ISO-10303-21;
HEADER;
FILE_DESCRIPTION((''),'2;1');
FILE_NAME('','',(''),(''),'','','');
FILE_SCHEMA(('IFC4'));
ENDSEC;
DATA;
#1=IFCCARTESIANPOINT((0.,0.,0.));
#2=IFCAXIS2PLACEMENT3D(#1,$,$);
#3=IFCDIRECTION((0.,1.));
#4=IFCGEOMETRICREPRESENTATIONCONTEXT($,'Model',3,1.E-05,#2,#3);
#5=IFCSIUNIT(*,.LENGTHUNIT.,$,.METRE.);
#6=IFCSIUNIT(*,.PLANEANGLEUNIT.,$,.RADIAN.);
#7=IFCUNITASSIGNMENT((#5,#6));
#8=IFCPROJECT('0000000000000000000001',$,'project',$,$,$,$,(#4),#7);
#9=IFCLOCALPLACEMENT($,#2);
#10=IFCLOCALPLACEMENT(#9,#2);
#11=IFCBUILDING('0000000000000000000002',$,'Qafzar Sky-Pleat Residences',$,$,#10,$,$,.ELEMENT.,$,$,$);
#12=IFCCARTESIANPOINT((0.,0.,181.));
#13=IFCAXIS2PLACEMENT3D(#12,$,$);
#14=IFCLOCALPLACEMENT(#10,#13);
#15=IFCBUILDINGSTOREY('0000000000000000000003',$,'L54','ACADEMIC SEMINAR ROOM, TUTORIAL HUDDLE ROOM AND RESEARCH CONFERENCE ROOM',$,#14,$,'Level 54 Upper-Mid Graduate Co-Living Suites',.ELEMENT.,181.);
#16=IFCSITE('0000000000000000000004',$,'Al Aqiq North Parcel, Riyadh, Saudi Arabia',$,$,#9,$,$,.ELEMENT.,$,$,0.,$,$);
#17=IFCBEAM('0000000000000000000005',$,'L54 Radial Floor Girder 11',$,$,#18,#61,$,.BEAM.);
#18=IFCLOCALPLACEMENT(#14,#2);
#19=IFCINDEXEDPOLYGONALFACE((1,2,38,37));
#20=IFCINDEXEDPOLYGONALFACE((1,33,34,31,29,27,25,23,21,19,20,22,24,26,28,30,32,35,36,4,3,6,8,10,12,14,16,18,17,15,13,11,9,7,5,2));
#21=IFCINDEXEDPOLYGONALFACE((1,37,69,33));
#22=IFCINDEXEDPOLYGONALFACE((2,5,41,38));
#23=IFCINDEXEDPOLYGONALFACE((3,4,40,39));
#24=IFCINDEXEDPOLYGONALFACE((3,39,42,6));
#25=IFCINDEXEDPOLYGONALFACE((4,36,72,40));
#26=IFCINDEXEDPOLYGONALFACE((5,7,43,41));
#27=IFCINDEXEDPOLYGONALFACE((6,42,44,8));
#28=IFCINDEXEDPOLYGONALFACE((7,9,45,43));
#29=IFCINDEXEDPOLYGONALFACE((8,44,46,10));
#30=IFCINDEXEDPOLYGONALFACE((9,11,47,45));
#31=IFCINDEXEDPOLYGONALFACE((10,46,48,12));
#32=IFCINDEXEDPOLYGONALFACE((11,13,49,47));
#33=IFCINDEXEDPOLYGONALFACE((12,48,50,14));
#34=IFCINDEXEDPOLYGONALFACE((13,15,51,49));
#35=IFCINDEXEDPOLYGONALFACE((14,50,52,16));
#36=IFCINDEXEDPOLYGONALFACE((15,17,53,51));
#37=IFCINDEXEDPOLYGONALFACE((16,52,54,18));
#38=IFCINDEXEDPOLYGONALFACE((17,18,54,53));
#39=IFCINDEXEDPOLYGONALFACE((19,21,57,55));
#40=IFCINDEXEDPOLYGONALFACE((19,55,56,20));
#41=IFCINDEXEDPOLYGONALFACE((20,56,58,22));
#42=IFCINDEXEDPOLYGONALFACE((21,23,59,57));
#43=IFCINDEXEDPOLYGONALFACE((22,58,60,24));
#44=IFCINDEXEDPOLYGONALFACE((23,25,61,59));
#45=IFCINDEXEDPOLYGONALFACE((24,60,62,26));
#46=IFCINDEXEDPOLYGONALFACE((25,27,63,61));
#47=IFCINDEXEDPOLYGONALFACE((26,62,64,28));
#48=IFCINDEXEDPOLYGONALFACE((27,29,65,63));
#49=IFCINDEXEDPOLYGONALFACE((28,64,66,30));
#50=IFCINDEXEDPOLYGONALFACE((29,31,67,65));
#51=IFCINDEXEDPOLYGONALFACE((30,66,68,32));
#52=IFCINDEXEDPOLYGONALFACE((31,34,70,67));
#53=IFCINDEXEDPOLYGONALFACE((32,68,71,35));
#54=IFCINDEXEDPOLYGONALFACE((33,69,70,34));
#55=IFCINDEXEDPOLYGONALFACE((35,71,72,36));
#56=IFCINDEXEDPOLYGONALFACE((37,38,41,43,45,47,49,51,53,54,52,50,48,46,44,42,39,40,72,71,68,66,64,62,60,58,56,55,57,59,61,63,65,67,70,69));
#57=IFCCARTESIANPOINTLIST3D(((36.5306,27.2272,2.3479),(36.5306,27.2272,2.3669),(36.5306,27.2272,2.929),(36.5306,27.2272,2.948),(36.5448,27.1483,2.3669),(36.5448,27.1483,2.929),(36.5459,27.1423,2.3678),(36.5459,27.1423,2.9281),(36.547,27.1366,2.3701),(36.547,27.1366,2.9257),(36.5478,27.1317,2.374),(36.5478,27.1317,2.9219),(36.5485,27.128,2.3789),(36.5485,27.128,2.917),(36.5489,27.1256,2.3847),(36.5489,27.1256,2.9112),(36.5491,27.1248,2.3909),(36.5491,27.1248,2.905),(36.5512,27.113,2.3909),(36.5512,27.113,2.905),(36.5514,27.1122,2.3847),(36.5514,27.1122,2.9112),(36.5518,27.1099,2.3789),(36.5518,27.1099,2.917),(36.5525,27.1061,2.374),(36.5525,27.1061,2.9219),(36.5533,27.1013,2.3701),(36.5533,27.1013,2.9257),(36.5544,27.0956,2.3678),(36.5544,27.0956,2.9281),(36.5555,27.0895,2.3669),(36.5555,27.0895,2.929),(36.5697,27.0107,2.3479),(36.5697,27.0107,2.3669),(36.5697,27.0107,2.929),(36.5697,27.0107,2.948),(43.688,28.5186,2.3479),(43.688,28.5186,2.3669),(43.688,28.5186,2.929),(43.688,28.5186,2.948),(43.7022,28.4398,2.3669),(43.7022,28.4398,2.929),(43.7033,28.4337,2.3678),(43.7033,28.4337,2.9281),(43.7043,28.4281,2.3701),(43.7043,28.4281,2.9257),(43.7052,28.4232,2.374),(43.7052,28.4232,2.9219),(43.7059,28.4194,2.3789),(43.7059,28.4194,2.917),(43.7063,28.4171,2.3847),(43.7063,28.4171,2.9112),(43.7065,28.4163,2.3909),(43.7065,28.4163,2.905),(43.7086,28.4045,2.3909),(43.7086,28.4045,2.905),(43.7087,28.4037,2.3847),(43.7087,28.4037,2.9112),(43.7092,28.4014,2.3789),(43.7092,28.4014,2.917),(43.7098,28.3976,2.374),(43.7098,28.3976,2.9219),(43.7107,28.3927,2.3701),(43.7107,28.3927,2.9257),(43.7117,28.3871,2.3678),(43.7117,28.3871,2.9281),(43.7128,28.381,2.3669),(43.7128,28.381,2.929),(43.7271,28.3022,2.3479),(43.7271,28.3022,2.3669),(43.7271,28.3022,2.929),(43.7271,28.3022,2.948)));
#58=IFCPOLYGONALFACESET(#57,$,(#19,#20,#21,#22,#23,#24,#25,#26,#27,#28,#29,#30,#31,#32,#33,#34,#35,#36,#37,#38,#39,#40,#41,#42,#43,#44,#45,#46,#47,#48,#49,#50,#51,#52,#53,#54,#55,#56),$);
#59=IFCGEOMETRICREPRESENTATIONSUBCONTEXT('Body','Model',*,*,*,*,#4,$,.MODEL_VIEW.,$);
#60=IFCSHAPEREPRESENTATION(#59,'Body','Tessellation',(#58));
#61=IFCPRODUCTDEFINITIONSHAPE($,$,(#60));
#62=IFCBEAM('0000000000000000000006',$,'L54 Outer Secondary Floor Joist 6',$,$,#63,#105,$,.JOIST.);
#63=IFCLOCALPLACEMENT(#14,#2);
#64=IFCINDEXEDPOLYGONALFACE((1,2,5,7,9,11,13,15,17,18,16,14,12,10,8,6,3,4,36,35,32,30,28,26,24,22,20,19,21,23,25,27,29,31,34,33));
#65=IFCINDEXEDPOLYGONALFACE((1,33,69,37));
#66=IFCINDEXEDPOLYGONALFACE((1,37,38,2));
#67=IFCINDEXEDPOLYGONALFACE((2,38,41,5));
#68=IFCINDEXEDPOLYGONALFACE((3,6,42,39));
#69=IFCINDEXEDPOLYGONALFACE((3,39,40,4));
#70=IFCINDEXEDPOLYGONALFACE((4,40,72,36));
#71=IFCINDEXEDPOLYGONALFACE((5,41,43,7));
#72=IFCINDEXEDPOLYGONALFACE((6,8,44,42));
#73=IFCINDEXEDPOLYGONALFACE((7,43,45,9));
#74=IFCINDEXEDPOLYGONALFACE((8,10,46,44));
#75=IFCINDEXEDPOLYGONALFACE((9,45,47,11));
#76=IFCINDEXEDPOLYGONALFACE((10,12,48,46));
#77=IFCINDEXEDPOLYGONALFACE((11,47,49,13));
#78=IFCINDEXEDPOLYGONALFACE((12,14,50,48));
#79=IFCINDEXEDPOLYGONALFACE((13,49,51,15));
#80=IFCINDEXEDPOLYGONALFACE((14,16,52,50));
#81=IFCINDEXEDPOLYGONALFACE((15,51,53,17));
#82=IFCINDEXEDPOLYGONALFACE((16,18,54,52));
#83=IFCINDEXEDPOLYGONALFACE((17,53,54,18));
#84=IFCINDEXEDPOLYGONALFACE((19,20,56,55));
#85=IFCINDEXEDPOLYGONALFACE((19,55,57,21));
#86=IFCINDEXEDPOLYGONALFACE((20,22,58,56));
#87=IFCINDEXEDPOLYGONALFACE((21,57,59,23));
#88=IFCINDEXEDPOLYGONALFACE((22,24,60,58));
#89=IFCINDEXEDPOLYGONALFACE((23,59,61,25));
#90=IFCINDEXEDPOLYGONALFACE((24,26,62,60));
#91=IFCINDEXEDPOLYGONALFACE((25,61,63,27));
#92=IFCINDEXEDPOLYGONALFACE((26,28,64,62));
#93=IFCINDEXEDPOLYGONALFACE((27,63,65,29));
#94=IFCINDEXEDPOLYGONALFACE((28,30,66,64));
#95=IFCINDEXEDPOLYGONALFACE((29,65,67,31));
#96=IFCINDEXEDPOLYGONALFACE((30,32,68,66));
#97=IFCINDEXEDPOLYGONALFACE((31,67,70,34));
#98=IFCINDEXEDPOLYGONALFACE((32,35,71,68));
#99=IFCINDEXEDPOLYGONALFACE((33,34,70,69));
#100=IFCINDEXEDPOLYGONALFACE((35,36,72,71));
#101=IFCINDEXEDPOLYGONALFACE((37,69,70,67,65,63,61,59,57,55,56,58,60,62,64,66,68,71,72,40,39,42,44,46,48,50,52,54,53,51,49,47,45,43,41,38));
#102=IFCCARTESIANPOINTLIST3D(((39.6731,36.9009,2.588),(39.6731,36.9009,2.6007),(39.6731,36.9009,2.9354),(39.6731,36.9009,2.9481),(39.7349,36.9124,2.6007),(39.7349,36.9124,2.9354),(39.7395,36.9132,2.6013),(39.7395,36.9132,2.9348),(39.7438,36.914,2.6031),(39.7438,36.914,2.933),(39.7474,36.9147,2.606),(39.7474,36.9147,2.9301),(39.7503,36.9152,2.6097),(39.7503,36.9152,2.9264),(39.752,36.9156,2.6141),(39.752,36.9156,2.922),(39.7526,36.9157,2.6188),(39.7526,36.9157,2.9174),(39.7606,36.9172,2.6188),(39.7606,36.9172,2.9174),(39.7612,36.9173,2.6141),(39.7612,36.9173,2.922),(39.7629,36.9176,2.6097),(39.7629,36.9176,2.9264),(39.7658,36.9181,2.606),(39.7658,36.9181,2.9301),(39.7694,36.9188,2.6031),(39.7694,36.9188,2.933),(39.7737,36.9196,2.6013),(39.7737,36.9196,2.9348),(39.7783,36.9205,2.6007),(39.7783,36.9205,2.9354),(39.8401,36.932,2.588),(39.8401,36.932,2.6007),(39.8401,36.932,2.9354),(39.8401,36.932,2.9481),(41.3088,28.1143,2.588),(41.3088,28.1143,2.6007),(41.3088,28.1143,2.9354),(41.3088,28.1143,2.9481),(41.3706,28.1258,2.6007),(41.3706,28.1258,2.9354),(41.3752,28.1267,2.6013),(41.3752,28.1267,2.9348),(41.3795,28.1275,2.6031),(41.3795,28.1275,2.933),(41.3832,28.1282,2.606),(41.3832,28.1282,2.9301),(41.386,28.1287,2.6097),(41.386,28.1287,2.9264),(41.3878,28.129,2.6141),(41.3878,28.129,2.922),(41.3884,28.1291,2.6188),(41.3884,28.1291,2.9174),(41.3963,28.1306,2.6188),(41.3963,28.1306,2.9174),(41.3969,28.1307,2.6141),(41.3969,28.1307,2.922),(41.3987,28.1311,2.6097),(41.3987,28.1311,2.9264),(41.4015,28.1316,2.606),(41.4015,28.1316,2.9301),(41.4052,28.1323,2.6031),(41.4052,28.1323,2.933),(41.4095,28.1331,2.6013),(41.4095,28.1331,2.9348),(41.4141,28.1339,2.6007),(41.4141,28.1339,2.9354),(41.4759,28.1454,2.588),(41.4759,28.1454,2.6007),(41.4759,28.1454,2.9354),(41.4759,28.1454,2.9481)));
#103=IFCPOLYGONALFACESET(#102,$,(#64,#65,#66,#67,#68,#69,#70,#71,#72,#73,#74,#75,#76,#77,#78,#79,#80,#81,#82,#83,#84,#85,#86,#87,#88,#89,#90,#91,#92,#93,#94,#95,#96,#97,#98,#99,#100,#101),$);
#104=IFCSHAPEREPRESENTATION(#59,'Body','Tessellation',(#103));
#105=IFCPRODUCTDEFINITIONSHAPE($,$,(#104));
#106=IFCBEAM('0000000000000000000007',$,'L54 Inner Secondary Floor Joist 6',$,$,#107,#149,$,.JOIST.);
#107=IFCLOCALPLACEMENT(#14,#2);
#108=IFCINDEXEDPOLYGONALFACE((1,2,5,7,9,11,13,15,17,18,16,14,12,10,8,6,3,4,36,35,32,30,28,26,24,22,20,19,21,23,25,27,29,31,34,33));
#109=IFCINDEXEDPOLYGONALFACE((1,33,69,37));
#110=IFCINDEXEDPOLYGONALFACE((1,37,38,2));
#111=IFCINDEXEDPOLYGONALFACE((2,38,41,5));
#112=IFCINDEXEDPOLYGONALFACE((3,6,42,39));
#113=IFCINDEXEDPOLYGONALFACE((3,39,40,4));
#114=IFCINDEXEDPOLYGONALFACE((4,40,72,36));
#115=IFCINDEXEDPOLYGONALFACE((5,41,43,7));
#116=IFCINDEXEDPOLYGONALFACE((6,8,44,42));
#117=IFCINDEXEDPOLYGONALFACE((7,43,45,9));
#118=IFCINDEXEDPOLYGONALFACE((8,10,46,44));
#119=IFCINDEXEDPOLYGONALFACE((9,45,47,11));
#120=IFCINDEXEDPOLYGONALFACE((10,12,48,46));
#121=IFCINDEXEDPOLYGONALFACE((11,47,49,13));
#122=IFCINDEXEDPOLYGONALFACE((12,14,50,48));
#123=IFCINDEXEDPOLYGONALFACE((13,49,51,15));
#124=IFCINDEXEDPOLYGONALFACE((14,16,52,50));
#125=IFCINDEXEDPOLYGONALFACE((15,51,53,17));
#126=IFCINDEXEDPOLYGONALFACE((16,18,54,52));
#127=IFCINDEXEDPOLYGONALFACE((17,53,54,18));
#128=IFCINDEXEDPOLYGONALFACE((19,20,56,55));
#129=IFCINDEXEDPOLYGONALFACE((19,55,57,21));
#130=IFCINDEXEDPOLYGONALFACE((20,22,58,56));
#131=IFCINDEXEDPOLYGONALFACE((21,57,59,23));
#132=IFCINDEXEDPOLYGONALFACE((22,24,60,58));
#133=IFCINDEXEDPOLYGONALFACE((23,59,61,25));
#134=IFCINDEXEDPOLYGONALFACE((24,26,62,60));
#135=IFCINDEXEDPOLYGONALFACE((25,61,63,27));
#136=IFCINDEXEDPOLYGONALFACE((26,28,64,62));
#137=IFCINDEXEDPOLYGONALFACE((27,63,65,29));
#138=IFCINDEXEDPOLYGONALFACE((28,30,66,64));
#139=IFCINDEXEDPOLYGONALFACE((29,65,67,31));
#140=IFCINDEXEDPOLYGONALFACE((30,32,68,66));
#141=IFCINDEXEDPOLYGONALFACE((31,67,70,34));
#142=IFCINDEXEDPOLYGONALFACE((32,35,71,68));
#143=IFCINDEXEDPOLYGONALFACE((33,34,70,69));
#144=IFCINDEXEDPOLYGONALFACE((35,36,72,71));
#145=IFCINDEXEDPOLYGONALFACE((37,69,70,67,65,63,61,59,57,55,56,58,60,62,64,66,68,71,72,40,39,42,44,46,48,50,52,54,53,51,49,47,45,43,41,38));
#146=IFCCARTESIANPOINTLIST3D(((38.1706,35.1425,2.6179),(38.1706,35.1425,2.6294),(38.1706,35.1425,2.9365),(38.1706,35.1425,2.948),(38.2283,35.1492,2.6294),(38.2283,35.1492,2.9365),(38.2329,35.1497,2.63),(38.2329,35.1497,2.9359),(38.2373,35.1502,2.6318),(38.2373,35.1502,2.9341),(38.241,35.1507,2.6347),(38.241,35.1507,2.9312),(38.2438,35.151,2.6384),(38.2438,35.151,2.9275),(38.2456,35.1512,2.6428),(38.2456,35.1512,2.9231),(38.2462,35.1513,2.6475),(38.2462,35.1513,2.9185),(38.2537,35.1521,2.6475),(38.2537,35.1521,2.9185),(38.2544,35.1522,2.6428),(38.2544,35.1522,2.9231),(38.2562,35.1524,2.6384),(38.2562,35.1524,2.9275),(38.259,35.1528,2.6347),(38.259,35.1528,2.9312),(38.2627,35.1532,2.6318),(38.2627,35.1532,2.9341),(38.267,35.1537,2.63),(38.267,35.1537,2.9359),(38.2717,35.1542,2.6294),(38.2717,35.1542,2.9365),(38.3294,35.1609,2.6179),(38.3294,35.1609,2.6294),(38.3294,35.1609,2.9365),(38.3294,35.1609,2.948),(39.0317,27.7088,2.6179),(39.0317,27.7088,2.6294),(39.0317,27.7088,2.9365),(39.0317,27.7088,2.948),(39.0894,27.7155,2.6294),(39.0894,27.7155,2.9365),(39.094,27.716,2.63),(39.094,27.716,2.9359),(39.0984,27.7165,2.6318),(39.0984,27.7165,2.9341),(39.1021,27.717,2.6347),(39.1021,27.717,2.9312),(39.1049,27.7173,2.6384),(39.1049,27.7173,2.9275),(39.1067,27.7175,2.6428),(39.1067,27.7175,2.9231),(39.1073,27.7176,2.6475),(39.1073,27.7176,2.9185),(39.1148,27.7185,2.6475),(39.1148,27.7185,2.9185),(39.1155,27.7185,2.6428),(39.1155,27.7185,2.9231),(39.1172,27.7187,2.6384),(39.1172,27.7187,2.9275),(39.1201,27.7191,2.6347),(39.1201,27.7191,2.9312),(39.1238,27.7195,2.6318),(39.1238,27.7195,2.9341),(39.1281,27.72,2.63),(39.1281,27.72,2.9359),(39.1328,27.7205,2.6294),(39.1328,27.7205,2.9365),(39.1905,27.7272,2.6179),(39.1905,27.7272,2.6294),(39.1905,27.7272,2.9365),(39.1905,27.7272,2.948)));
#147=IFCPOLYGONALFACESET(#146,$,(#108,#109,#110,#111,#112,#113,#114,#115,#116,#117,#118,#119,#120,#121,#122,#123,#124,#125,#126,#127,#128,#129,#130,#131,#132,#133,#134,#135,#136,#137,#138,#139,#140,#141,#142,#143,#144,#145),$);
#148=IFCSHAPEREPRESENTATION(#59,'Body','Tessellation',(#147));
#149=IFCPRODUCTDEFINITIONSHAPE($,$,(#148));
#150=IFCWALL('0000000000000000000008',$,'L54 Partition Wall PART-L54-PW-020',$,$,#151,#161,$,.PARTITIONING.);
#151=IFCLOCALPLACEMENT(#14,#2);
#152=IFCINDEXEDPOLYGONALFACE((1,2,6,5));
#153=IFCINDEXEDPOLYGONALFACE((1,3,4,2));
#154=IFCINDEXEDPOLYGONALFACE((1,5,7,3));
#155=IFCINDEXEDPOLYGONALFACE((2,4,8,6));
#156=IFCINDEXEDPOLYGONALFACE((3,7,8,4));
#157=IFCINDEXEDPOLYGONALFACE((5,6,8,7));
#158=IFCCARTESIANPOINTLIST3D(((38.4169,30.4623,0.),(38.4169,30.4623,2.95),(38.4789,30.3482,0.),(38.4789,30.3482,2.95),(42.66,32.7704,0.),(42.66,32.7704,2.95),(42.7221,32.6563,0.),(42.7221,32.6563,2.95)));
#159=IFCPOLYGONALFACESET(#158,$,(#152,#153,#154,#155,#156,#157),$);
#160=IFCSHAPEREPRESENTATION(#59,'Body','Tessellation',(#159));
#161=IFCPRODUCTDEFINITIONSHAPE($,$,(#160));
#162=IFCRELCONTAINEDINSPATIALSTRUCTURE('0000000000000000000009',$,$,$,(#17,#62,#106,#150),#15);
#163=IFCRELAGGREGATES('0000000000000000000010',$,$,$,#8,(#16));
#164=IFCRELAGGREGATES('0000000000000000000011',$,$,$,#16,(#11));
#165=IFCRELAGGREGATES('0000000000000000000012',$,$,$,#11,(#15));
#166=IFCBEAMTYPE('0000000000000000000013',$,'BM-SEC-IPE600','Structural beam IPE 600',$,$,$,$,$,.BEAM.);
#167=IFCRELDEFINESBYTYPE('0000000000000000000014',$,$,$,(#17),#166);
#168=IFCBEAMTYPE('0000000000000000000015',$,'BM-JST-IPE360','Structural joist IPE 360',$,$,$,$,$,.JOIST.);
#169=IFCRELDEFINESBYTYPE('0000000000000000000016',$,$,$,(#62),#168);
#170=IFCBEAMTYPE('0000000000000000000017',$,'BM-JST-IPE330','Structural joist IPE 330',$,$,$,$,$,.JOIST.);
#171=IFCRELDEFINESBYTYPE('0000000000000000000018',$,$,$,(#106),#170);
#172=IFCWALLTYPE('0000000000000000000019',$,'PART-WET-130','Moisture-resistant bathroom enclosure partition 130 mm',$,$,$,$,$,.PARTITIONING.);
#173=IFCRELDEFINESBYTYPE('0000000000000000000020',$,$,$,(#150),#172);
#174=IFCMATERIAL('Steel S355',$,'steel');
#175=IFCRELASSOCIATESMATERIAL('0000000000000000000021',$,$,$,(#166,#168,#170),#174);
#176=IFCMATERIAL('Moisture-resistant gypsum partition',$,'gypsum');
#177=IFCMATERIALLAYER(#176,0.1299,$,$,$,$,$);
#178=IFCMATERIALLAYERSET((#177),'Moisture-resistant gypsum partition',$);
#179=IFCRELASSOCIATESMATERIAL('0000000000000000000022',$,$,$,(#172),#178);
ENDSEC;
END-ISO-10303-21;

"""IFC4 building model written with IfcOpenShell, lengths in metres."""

from ifc_helpers import new_model, si_unit, direction, frame, frame_2d, origin, origin_2d, place, context, subcontext, project, spatial, rectangle, i_section, extrude, source, transform, mapped, material, layer, layer_set, material_profile, profile_set, type_object, element, save


model = new_model("IFC4")

# Units and contexts
model_context = context("Model", 3, precision=1e-05, world=origin(), true_north=direction((0.0, 1.0)))
body_context = subcontext(model_context, "Body", "Model", "MODEL_VIEW")
ifc_project = project(units=[si_unit("LENGTHUNIT", "METRE"), si_unit("PLANEANGLEUNIT", "RADIAN")], contexts=[model_context])

# Site, building, storey
site_placement = place(None, origin())
site = spatial("IfcSite", under=ifc_project, at=site_placement, Name="Al Aqiq North Parcel, Riyadh, Saudi Arabia", CompositionType="ELEMENT", RefElevation=0.0)
building_placement = place(site_placement, origin())
building = spatial("IfcBuilding", under=site, at=building_placement, Name="Qafzar Sky-Pleat Residences", CompositionType="ELEMENT")
storey_placement = place(building_placement, frame((0.0, 0.0, 181.0)))
storey = spatial("IfcBuildingStorey", under=building, at=storey_placement, Name="L54", Description="ACADEMIC SEMINAR ROOM, TUTORIAL HUDDLE ROOM AND RESEARCH CONFERENCE ROOM", LongName="Level 54 Upper-Mid Graduate Co-Living Suites", CompositionType="ELEMENT", Elevation=181.0)

# Shared definitions
ifc_material_1 = material(Name="Steel S355", Category="steel")

# Beams
ifc_material_profile_1 = material_profile(ifc_material_1, i_section(OverallWidth=0.22, OverallDepth=0.6001, WebThickness=0.012, FlangeThickness=0.019, FilletRadius=0.0239, at=origin_2d()), Name="IPE 600")
ifc_profile_set_1 = profile_set([ifc_material_profile_1], Name="Steel S355")
beam_type_1 = type_object("IfcBeamType", Name="BM-SEC-IPE600", Description="Structural beam IPE 600", PredefinedType="BEAM", material=ifc_profile_set_1)
shared_shape_1 = source(origin(), body_context, "Body", "SweptSolid", [
    extrude(i_section(OverallWidth=0.22, OverallDepth=0.6001, WebThickness=0.012, FlangeThickness=0.019, FilletRadius=0.0239, at=origin_2d()), origin(), (0.0, 0.0, 1.0), 7.2729),
])
beam_1_placement = place(storey_placement, frame((43.7075, 28.4104, 2.6479), z_axis=(-0.984108, -0.177574, 0.0), x_axis=(0.177574, -0.984108, 0.0)))
element("IfcBeam", 1, at=beam_1_placement, inside=storey, type_object=beam_type_1, Name="L54 Radial Floor Girder 11", PredefinedType="BEAM", context=body_context, shape_type="MappedRepresentation", body=[
    mapped(shared_shape_1, transform((0.0, 0.0, 0.0), x_axis=(1.0, 0.0, 0.0), y_axis=(0.0, 1.0, 0.0), z_axis=(0.0, 0.0, 1.0), scale=1.0)),
])
ifc_material_profile_2 = material_profile(ifc_material_1, i_section(OverallWidth=0.1699, OverallDepth=0.3601, WebThickness=0.0081, FlangeThickness=0.0127, FilletRadius=0.0181, at=origin_2d()), Name="IPE 360")
ifc_profile_set_2 = profile_set([ifc_material_profile_2], Name="Steel S355")
beam_type_2 = type_object("IfcBeamType", Name="BM-JST-IPE360", Description="Structural joist IPE 360", PredefinedType="JOIST", material=ifc_profile_set_2)
shared_shape_2 = source(origin(), body_context, "Body", "SweptSolid", [
    extrude(i_section(OverallWidth=0.1699, OverallDepth=0.3601, WebThickness=0.0081, FlangeThickness=0.0127, FilletRadius=0.0181, at=origin_2d()), origin(), (0.0, 0.0, 1.0), 8.9375),
])
beam_2_placement = place(storey_placement, frame((41.3923, 28.1299, 2.7681), z_axis=(-0.183018, 0.983109, 0.0), x_axis=(-0.983109, -0.183018, 0.0)))
element("IfcBeam", 2, at=beam_2_placement, inside=storey, type_object=beam_type_2, Name="L54 Outer Secondary Floor Joist 6", PredefinedType="JOIST", context=body_context, shape_type="MappedRepresentation", body=[
    mapped(shared_shape_2, transform((0.0, 0.0, 0.0), x_axis=(1.0, 0.0, 0.0), y_axis=(0.0, 1.0, 0.0), z_axis=(0.0, 0.0, 1.0), scale=1.0)),
])
ifc_material_profile_3 = material_profile(ifc_material_1, i_section(OverallWidth=0.1599, OverallDepth=0.3301, WebThickness=0.0076, FlangeThickness=0.0115, FilletRadius=0.0181, at=origin_2d()), Name="IPE 330")
ifc_profile_set_3 = profile_set([ifc_material_profile_3], Name="Steel S355")
beam_type_3 = type_object("IfcBeamType", Name="BM-JST-IPE330", Description="Structural joist IPE 330", PredefinedType="JOIST", material=ifc_profile_set_3)
shared_shape_3 = source(origin(), body_context, "Body", "SweptSolid", [
    extrude(i_section(OverallWidth=0.1599, OverallDepth=0.3301, WebThickness=0.0076, FlangeThickness=0.0115, FilletRadius=0.0181, at=origin_2d()), origin(), (0.0, 0.0, 1.0), 7.4834),
])
beam_3_placement = place(storey_placement, frame((39.1111, 27.718, 2.783), z_axis=(-0.115067, 0.993358, 0.0), x_axis=(-0.993358, -0.115067, 0.0)))
element("IfcBeam", 3, at=beam_3_placement, inside=storey, type_object=beam_type_3, Name="L54 Inner Secondary Floor Joist 6", PredefinedType="JOIST", context=body_context, shape_type="MappedRepresentation", body=[
    mapped(shared_shape_3, transform((0.0, 0.0, 0.0), x_axis=(1.0, 0.0, 0.0), y_axis=(0.0, 1.0, 0.0), z_axis=(0.0, 0.0, 1.0), scale=1.0)),
])

# Wall
ifc_material_2 = material(Name="Moisture-resistant gypsum partition", Category="gypsum")
ifc_layer_1 = layer(ifc_material_2, 0.1299)
ifc_layer_set_1 = layer_set([ifc_layer_1], Name="Moisture-resistant gypsum partition")
wall_type_1 = type_object("IfcWallType", Name="PART-WET-130", Description="Moisture-resistant bathroom enclosure partition 130 mm", PredefinedType="PARTITIONING", material=ifc_layer_set_1)
wall_1_placement = place(storey_placement, frame((38.448, 30.4053, 0.0), z_axis=(0.0, 0.0, 1.0), x_axis=(0.878447, 0.477839, 0.0)))
element("IfcWall", 4, at=wall_1_placement, inside=storey, type_object=wall_type_1, Name="L54 Partition Wall PART-L54-PW-020", PredefinedType="PARTITIONING", context=body_context, shape_type="SweptSolid", body=[
    extrude(rectangle(XDim=4.8303, YDim=0.1299, at=frame_2d((2.415, 0.0))), origin(), (0.0, 0.0, 1.0), 2.95),
])

save(model, "model.ifc")
